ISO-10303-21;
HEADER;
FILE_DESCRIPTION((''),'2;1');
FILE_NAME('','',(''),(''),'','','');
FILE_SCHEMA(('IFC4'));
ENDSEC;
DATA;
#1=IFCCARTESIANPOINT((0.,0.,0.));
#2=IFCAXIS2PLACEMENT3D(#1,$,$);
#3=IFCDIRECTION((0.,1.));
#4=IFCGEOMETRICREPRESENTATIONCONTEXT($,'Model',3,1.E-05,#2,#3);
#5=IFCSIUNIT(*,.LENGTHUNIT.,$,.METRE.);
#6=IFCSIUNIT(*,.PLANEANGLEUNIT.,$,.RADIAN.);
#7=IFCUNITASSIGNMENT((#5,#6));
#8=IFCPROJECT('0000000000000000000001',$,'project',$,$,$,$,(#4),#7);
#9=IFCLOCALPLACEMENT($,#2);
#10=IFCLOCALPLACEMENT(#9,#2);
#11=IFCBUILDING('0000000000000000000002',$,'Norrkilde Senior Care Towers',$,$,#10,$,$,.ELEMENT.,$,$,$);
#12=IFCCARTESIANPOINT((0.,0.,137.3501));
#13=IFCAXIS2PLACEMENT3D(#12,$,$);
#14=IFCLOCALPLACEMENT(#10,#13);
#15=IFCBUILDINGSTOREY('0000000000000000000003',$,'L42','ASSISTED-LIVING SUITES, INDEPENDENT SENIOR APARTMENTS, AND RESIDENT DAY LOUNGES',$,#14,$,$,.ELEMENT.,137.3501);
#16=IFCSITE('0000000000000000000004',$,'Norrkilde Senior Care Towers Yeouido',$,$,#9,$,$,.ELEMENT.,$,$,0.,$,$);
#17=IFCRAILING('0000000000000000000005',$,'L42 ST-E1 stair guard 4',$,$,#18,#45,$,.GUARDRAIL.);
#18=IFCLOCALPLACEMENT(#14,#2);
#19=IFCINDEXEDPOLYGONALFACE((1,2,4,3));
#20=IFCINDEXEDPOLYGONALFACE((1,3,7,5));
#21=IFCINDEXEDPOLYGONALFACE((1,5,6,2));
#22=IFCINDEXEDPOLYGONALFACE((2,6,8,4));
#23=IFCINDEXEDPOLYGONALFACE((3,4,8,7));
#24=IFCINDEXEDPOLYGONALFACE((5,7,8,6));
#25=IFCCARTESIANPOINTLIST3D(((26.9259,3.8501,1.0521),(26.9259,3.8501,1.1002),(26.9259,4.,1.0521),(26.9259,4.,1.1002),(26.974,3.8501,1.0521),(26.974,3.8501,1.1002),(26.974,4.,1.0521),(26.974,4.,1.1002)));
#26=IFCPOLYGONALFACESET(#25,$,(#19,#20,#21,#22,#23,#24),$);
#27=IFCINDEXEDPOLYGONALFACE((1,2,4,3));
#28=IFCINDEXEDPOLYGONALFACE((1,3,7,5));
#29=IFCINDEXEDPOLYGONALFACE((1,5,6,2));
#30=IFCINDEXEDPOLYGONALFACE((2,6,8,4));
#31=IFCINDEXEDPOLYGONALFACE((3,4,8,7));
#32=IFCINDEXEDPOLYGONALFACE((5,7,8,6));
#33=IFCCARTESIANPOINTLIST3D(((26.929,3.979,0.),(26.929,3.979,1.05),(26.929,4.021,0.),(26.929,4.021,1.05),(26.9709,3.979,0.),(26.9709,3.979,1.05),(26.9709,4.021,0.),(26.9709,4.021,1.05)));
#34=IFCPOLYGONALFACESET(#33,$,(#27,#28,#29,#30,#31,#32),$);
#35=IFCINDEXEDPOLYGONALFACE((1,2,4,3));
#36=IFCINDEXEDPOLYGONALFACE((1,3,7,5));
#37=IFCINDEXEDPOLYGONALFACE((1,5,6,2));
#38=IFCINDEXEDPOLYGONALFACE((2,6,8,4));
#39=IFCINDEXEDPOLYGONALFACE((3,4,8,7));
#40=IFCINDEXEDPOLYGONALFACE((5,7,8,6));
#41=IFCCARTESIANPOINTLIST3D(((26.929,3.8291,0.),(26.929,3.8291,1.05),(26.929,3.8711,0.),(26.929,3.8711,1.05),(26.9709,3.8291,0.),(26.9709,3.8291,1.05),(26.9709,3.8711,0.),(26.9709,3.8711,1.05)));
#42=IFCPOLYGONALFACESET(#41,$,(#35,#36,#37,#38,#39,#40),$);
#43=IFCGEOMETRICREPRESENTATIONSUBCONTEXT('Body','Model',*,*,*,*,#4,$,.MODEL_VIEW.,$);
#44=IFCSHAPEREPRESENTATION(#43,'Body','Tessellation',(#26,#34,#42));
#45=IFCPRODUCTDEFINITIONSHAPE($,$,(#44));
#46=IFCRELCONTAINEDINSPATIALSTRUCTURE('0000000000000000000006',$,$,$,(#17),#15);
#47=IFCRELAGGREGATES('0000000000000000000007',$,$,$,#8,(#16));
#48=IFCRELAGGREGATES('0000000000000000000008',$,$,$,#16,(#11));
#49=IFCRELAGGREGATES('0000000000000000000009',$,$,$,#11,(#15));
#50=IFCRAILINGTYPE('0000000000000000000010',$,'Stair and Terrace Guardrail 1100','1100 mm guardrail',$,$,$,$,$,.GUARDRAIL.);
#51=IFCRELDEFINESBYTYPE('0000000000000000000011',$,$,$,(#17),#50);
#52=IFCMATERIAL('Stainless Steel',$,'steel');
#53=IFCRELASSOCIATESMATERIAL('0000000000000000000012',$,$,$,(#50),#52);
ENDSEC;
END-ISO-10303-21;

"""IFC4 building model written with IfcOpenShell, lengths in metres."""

from ifc_helpers import new_model, si_unit, direction, frame, origin, origin_2d, place, context, subcontext, project, spatial, rectangle, extrude, material, type_object, element, save


model = new_model("IFC4")

# Units and contexts
model_context = context("Model", 3, precision=1e-05, world=origin(), true_north=direction((0.0, 1.0)))
body_context = subcontext(model_context, "Body", "Model", "MODEL_VIEW")
ifc_project = project(units=[si_unit("LENGTHUNIT", "METRE"), si_unit("PLANEANGLEUNIT", "RADIAN")], contexts=[model_context])

# Site, building, storey
site_placement = place(None, origin())
site = spatial("IfcSite", under=ifc_project, at=site_placement, Name="Norrkilde Senior Care Towers Yeouido", CompositionType="ELEMENT", RefElevation=0.0)
building_placement = place(site_placement, origin())
building = spatial("IfcBuilding", under=site, at=building_placement, Name="Norrkilde Senior Care Towers", CompositionType="ELEMENT")
storey_placement = place(building_placement, frame((0.0, 0.0, 137.3501)))
storey = spatial("IfcBuildingStorey", under=building, at=storey_placement, Name="L42", Description="ASSISTED-LIVING SUITES, INDEPENDENT SENIOR APARTMENTS, AND RESIDENT DAY LOUNGES", CompositionType="ELEMENT", Elevation=137.3501)

# Shared definitions
ifc_material_1 = material(Name="Stainless Steel", Category="steel")

# Railing
railing_type = type_object("IfcRailingType", Name="Stair and Terrace Guardrail 1100", Description="1100 mm guardrail", PredefinedType="GUARDRAIL", material=ifc_material_1)
railing_placement = place(storey_placement, frame((26.95, 4.0, 0.0)))
element("IfcRailing", 1, at=railing_placement, inside=storey, type_object=railing_type, Name="L42 ST-E1 stair guard 4", PredefinedType="GUARDRAIL", context=body_context, shape_type="SweptSolid", body=[
    extrude(rectangle(XDim=0.0481, YDim=0.0481, at=origin_2d()), frame((0.0, 0.0, 1.0762), z_axis=(0.0, -1.0, 0.0), x_axis=(1.0, 0.0, 0.0)), (0.0, 0.0, 1.0), 0.1499),
    extrude(rectangle(XDim=0.042, YDim=0.042, at=origin_2d()), origin(), (0.0, 0.0, 1.0), 1.05),
    extrude(rectangle(XDim=0.042, YDim=0.042, at=origin_2d()), frame((0.0, -0.1499, 0.0)), (0.0, 0.0, 1.0), 1.05),
])

save(model, "model.ifc")
